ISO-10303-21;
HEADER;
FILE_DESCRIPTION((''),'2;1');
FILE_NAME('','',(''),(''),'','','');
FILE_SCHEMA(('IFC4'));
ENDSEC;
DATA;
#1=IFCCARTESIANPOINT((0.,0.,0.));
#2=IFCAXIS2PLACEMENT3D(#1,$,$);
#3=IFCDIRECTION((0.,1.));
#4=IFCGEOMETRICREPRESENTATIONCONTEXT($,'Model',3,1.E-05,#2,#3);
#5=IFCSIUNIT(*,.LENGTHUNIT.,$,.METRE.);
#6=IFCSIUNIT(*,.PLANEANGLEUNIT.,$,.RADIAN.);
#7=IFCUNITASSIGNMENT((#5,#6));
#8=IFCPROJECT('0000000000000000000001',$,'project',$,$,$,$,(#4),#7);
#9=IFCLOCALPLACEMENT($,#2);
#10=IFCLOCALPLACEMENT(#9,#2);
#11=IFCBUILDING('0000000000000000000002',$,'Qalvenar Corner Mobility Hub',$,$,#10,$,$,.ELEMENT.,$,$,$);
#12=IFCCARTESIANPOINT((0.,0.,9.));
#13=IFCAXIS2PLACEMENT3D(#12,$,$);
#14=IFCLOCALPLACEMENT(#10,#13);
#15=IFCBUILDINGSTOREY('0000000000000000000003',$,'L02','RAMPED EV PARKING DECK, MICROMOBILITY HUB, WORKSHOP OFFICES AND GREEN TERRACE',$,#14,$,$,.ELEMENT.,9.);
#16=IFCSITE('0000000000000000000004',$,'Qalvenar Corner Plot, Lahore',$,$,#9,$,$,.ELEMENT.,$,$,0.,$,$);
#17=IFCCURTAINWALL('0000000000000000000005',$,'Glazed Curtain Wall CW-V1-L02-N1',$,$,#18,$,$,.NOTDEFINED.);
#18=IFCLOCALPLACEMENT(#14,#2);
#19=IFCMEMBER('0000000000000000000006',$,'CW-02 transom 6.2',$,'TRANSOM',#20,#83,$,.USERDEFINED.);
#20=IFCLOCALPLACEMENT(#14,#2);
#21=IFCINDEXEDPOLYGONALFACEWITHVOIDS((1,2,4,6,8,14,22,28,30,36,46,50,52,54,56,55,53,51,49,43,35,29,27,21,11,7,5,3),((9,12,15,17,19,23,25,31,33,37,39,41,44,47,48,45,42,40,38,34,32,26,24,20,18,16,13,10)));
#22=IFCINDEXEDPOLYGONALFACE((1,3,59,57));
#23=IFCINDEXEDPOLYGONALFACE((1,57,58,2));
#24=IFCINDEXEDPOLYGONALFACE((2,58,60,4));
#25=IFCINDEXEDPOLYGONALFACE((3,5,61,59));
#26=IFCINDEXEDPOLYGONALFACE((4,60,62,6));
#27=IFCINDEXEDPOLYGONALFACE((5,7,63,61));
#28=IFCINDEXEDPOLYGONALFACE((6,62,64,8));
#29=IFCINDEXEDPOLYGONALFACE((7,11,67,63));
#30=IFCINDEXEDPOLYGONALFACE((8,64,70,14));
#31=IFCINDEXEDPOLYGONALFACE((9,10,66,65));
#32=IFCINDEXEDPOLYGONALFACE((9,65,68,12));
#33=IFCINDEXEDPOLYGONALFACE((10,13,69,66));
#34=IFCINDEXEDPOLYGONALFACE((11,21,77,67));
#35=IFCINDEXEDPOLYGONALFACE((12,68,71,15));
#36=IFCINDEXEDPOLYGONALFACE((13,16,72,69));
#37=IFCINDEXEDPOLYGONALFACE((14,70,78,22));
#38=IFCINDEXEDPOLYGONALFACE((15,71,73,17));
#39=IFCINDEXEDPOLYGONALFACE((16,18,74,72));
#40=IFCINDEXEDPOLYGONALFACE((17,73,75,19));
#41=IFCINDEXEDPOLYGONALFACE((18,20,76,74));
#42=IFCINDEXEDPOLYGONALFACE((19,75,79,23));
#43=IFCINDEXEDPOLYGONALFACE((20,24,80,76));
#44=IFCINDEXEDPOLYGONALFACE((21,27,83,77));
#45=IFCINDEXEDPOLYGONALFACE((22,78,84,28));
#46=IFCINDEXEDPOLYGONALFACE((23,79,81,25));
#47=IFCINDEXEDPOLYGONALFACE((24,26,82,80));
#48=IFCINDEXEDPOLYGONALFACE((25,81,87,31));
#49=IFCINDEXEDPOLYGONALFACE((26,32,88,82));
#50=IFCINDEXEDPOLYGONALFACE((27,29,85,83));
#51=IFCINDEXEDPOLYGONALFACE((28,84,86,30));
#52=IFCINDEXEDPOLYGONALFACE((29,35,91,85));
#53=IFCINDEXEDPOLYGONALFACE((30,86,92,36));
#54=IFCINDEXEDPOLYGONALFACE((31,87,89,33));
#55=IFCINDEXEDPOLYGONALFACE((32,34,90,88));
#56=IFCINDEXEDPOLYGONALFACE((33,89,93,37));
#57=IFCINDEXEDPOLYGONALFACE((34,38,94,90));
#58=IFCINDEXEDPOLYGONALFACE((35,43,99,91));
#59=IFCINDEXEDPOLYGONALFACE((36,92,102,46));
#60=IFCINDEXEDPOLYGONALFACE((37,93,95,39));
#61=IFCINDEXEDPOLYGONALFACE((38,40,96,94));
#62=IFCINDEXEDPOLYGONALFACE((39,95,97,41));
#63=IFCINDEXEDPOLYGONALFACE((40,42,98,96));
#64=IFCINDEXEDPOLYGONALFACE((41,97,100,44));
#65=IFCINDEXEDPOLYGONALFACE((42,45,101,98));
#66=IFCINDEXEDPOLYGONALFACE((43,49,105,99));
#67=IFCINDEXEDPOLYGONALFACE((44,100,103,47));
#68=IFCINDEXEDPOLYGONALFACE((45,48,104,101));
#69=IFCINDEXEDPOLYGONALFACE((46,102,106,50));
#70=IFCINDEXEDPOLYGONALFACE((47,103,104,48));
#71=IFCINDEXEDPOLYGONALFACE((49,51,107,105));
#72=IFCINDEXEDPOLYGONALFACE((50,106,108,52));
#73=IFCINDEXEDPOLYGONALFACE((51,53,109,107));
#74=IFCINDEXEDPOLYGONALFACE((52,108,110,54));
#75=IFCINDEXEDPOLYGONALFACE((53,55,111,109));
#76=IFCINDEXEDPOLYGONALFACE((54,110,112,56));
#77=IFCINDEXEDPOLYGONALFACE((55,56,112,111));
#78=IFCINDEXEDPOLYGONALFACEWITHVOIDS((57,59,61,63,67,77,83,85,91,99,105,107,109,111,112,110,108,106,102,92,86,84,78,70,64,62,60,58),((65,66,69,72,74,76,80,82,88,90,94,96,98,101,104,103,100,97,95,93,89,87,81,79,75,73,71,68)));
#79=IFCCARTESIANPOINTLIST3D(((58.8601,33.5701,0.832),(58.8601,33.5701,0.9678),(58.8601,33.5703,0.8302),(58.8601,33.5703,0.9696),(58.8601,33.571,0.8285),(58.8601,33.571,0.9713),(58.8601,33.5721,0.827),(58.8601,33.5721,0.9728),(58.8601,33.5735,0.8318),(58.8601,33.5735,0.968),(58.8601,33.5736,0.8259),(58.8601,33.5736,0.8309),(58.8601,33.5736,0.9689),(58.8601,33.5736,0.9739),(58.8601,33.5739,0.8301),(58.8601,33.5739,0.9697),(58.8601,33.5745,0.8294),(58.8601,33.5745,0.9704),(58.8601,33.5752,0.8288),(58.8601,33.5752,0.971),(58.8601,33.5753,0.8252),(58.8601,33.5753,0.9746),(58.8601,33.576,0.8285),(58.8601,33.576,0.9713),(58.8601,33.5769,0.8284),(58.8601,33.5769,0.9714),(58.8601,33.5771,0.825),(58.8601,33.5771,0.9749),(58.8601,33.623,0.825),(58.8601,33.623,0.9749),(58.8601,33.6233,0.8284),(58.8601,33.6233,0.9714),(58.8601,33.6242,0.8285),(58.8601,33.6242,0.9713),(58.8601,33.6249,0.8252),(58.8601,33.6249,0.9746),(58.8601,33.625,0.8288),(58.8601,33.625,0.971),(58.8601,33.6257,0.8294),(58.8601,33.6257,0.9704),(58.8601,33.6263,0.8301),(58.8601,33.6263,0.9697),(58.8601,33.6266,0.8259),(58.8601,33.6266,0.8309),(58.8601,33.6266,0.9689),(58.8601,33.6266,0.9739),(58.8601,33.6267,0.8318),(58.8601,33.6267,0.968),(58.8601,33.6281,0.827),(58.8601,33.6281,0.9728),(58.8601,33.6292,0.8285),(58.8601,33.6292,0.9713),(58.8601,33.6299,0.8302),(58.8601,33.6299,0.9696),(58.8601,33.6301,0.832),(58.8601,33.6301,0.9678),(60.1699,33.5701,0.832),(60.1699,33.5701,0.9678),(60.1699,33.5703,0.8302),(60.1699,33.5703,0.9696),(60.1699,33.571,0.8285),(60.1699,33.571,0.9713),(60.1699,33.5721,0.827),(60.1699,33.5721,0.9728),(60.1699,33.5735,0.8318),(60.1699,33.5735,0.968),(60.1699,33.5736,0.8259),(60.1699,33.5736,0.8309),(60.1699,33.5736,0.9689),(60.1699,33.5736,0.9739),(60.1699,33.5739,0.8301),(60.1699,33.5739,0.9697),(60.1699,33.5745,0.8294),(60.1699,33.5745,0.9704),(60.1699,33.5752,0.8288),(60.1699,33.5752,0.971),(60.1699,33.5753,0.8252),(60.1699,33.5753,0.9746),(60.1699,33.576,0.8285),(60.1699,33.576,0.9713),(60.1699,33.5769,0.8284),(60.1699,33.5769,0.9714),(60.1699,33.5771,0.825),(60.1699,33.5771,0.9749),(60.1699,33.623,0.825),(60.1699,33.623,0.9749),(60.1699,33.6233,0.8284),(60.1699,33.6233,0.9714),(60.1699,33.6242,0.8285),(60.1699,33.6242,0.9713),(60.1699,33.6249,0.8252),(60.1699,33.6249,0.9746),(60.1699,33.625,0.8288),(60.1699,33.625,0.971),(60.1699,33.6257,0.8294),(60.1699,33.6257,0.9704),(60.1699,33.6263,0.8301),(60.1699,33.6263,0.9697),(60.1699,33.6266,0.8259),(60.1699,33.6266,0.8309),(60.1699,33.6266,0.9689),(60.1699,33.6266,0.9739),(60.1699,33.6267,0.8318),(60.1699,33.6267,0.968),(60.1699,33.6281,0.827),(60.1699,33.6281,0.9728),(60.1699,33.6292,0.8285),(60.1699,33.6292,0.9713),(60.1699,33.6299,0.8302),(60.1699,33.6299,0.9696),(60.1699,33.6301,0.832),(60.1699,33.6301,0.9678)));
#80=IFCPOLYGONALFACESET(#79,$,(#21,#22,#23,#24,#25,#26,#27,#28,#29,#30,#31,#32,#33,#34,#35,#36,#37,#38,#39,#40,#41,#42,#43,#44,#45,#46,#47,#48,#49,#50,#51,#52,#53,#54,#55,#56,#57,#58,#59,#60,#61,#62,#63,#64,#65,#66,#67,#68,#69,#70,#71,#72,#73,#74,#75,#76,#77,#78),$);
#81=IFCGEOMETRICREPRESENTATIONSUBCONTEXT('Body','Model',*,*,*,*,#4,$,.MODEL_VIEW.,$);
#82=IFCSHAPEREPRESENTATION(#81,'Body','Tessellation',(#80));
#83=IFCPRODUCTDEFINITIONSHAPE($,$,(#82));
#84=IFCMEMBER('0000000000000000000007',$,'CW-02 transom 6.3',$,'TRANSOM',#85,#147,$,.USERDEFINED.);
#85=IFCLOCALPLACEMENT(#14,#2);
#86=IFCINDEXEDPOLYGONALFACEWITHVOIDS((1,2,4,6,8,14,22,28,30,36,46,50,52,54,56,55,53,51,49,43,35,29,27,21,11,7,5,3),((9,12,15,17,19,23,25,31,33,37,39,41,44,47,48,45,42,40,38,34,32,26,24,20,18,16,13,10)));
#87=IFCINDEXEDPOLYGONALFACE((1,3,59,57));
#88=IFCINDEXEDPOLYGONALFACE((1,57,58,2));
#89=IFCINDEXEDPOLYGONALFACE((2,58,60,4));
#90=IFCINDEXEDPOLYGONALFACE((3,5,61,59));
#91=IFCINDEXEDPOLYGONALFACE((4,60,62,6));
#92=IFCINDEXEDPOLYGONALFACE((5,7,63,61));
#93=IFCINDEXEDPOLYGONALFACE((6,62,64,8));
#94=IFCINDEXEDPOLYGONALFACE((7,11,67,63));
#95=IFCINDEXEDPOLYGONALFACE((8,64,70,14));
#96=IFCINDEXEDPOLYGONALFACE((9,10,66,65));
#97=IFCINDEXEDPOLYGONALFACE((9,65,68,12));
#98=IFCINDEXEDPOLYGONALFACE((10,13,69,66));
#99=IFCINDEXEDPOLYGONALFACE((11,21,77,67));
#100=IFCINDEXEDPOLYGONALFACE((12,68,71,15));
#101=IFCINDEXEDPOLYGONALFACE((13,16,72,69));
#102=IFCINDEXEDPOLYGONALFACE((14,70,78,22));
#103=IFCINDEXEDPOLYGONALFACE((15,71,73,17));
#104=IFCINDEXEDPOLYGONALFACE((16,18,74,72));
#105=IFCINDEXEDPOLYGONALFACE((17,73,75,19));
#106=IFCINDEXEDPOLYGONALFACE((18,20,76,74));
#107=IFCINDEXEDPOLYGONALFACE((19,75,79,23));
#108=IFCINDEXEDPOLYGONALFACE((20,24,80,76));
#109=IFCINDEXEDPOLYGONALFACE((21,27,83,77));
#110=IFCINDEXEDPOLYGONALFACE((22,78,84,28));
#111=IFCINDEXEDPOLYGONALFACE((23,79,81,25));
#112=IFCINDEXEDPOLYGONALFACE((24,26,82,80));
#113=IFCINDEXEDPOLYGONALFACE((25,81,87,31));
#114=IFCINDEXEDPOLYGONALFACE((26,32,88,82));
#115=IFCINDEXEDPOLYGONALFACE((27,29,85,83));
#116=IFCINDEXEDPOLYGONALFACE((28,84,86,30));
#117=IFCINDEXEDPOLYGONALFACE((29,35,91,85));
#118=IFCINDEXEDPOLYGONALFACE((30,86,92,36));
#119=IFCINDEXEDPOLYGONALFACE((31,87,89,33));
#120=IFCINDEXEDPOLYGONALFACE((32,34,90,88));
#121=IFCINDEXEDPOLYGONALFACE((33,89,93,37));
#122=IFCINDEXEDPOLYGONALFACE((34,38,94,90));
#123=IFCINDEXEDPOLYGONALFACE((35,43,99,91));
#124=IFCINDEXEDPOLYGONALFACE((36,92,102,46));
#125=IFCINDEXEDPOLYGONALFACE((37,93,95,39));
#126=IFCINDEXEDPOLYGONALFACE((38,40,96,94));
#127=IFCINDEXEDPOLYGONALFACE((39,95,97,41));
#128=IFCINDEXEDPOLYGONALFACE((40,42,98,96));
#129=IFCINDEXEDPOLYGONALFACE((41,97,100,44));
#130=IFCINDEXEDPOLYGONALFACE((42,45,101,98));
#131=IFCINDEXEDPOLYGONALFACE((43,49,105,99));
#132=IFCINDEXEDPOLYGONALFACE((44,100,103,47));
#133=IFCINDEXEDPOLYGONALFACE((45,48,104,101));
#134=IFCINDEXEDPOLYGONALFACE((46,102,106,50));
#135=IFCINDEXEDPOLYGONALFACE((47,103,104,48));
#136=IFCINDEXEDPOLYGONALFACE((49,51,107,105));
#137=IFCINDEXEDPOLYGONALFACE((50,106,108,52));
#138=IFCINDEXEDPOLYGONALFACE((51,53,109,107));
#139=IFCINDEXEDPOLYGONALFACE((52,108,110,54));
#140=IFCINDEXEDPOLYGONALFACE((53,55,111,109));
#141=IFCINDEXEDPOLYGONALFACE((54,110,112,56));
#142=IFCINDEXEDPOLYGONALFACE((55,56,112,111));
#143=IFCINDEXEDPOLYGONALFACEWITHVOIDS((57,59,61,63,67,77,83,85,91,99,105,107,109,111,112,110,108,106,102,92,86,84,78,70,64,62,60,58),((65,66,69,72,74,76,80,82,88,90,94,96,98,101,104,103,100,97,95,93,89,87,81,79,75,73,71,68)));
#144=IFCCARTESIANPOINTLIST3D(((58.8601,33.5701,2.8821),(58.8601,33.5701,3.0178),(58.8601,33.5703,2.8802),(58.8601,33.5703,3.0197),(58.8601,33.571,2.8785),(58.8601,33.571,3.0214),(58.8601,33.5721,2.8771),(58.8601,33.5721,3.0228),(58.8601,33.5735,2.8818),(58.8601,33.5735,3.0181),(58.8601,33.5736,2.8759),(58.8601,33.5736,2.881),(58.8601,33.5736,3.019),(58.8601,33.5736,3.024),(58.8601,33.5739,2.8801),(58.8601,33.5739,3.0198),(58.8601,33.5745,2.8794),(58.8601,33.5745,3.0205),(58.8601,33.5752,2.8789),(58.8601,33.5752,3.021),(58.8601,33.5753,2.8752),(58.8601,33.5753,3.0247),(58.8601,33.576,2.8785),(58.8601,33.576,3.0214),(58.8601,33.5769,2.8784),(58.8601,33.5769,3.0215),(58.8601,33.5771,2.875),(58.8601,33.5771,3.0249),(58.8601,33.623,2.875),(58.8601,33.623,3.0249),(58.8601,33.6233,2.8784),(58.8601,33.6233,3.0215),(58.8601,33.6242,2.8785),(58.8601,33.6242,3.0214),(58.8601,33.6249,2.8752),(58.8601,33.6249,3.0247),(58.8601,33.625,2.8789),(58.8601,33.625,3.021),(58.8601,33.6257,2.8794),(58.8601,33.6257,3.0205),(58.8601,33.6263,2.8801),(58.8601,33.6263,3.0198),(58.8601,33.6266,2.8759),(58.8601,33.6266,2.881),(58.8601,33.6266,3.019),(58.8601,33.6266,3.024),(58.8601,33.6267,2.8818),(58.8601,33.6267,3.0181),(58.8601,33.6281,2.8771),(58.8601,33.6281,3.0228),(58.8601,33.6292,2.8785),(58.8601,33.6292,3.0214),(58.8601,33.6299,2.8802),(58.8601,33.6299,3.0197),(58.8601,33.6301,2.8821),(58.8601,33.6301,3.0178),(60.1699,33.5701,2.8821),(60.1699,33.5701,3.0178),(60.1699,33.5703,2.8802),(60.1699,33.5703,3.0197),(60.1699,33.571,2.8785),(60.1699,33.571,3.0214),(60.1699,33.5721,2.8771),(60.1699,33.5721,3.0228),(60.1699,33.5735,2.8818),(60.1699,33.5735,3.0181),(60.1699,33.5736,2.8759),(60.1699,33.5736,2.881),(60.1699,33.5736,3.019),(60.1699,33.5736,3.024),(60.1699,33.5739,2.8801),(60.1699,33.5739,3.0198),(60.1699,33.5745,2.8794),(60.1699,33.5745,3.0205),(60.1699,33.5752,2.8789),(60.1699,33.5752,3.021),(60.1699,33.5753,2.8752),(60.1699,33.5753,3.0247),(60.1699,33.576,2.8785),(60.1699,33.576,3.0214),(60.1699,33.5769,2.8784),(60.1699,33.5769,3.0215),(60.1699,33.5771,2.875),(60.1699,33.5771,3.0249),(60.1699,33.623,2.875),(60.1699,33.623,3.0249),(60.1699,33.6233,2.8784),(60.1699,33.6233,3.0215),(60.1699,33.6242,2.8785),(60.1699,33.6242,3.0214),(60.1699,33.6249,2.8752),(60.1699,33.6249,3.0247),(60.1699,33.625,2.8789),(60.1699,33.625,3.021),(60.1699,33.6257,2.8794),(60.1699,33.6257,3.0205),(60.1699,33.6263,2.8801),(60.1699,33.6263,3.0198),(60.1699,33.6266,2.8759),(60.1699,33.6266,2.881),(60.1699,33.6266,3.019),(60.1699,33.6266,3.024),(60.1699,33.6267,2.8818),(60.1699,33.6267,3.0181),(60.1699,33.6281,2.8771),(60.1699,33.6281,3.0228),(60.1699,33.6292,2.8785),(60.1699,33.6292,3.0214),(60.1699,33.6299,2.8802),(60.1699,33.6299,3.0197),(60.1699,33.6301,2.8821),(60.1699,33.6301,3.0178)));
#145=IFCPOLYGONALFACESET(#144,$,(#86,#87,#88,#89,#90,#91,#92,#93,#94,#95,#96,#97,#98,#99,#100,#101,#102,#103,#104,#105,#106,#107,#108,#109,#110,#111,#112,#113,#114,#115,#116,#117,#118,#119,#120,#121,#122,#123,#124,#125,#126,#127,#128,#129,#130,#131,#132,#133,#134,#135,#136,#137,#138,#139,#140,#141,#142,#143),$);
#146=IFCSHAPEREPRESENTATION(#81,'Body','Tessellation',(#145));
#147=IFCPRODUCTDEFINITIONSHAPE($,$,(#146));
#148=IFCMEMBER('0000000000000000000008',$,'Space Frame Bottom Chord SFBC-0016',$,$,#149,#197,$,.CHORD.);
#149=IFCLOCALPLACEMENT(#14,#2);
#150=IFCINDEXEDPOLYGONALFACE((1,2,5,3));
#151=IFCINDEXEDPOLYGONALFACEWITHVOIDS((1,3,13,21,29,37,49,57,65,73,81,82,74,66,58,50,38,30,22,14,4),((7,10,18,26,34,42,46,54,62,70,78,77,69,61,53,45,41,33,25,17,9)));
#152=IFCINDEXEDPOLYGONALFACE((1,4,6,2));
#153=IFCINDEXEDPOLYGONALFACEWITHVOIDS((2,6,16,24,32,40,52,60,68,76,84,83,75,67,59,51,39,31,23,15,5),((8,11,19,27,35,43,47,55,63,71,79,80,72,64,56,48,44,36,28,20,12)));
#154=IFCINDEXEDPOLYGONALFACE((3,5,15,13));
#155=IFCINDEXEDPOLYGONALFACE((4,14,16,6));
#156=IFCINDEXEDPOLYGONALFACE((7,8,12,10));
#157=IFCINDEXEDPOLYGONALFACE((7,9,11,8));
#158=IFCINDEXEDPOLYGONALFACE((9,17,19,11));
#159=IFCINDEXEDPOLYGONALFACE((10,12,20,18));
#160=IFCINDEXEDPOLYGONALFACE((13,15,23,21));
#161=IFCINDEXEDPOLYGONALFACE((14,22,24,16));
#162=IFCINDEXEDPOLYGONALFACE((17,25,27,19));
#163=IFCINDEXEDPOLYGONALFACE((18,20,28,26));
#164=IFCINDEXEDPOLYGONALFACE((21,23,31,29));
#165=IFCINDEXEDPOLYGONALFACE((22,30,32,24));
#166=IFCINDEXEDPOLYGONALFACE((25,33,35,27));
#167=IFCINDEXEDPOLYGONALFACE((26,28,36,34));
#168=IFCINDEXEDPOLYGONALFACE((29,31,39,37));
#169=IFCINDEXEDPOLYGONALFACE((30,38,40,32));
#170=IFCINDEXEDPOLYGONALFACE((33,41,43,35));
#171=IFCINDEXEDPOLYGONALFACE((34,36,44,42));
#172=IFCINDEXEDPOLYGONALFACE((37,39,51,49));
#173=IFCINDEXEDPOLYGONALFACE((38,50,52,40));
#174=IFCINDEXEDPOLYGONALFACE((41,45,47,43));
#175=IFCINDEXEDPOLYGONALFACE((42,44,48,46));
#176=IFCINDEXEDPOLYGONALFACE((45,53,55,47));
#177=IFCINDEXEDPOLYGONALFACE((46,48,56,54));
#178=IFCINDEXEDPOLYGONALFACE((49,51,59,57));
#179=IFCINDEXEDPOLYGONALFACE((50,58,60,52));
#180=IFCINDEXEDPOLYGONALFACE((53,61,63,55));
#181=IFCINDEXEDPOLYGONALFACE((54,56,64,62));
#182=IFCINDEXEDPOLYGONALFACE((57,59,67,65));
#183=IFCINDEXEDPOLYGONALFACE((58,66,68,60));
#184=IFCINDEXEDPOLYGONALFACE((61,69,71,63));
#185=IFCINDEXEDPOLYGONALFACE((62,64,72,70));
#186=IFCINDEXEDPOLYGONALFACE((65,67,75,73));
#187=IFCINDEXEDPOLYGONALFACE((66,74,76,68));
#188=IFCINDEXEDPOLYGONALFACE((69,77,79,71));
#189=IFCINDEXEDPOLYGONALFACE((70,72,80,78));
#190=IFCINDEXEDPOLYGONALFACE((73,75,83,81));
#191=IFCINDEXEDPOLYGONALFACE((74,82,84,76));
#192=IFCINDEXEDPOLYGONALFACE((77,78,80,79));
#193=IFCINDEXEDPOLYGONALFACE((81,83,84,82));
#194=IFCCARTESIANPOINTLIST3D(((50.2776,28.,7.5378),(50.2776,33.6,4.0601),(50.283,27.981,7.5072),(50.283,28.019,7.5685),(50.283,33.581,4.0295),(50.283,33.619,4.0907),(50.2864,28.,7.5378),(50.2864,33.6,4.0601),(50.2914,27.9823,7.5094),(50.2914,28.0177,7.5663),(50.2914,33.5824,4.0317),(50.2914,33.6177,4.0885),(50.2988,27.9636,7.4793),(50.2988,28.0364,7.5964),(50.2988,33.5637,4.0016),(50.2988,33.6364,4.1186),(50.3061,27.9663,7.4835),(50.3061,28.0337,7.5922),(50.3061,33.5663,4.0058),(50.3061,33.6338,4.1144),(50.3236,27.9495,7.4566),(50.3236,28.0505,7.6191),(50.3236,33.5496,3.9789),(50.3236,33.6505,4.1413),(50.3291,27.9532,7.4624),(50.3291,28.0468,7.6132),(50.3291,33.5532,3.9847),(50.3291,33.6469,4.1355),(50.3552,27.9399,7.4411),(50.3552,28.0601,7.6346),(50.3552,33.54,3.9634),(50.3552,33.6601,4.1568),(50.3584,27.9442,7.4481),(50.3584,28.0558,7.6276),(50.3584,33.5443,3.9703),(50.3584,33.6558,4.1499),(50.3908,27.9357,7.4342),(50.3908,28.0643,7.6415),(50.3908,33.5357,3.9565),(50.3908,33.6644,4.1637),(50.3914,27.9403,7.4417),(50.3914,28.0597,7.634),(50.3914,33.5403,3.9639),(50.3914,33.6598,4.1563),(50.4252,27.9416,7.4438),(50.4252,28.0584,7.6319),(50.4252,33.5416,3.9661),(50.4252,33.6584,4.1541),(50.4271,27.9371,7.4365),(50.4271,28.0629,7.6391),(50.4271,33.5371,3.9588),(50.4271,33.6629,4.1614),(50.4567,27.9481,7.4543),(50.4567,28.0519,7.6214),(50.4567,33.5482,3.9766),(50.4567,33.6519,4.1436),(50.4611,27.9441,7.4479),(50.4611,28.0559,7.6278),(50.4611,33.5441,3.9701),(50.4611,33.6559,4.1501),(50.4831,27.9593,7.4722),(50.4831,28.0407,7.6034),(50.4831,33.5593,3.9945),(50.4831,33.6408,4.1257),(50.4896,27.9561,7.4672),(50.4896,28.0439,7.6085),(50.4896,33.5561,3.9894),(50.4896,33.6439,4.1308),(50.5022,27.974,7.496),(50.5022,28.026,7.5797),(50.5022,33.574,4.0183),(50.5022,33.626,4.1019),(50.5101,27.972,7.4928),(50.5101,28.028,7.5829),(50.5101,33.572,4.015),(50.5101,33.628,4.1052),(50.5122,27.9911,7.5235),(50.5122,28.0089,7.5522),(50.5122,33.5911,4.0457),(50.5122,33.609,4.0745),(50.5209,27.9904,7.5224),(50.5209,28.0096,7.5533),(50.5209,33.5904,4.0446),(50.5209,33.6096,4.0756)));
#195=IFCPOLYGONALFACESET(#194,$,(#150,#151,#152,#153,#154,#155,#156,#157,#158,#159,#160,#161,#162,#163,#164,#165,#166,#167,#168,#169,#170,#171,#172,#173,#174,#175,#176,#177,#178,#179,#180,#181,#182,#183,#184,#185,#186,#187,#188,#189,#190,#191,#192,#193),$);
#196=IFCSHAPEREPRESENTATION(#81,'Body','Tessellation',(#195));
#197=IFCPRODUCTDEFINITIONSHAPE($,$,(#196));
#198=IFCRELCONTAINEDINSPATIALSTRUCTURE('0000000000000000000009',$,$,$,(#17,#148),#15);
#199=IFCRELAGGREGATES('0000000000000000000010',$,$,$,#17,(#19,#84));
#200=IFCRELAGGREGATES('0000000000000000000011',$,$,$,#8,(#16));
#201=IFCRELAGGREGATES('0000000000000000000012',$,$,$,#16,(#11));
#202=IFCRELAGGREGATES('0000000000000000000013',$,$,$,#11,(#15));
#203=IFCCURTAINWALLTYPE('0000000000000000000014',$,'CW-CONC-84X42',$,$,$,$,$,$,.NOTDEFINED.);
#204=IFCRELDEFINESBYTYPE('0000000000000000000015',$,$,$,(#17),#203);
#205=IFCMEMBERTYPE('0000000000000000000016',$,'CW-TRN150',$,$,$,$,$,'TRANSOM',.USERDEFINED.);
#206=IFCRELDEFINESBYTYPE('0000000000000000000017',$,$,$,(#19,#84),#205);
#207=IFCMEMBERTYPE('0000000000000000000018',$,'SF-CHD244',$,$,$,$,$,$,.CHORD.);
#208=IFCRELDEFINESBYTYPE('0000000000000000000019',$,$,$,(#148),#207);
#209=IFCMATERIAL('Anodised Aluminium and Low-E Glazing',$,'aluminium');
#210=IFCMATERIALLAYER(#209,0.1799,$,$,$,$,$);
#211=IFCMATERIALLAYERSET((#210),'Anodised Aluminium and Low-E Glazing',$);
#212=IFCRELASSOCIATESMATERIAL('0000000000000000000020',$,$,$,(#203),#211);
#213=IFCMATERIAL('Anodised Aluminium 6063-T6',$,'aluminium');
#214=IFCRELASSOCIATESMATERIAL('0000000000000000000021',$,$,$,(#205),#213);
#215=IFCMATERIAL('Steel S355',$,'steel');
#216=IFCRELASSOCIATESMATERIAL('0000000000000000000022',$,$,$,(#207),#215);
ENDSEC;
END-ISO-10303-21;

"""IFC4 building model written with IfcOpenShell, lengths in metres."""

from ifc_helpers import new_model, si_unit, direction, frame, origin, origin_2d, place, context, subcontext, project, spatial, hollow_rectangle, hollow_circle, extrude, material, layer, layer_set, material_profile, profile_set, type_object, element, aggregate, save


model = new_model("IFC4")

# Units and contexts
model_context = context("Model", 3, precision=1e-05, world=origin(), true_north=direction((0.0, 1.0)))
body_context = subcontext(model_context, "Body", "Model", "MODEL_VIEW")
ifc_project = project(units=[si_unit("LENGTHUNIT", "METRE"), si_unit("PLANEANGLEUNIT", "RADIAN")], contexts=[model_context])

# Site, building, storey
site_placement = place(None, origin())
site = spatial("IfcSite", under=ifc_project, at=site_placement, Name="Qalvenar Corner Plot, Lahore", CompositionType="ELEMENT", RefElevation=0.0)
building_placement = place(site_placement, origin())
building = spatial("IfcBuilding", under=site, at=building_placement, Name="Qalvenar Corner Mobility Hub", CompositionType="ELEMENT")
storey_placement = place(building_placement, frame((0.0, 0.0, 9.0)))
storey = spatial("IfcBuildingStorey", under=building, at=storey_placement, Name="L02", Description="RAMPED EV PARKING DECK, MICROMOBILITY HUB, WORKSHOP OFFICES AND GREEN TERRACE", CompositionType="ELEMENT", Elevation=9.0)

# Curtain wall, members
ifc_material_1 = material(Name="Anodised Aluminium and Low-E Glazing", Category="aluminium")
ifc_layer_1 = layer(ifc_material_1, 0.1799)
ifc_layer_set_1 = layer_set([ifc_layer_1], Name="Anodised Aluminium and Low-E Glazing")
curtain_wall_type = type_object("IfcCurtainWallType", Name="CW-CONC-84X42", PredefinedType="NOTDEFINED", material=ifc_layer_set_1)
curtain_wall_placement = place(storey_placement, origin())
curtain_wall = element("IfcCurtainWall", 1, at=curtain_wall_placement, inside=storey, type_object=curtain_wall_type, Name="Glazed Curtain Wall CW-V1-L02-N1", PredefinedType="NOTDEFINED")
ifc_material_2 = material(Name="Anodised Aluminium 6063-T6", Category="aluminium")
ifc_material_profile_1 = material_profile(ifc_material_2, hollow_rectangle(XDim=0.0601, YDim=0.1499, WallThickness=0.0034, InnerFilletRadius=0.0034, OuterFilletRadius=0.0071, at=origin_2d()), Name="RHS150x60x3.5")
ifc_profile_set_1 = profile_set([ifc_material_profile_1], Name="Anodised Aluminium 6063-T6")
member_type_1 = type_object("IfcMemberType", Name="CW-TRN150", ElementType="TRANSOM", PredefinedType="USERDEFINED", material=ifc_profile_set_1)
member_1_placement = place(storey_placement, frame((60.1699, 33.6001, 0.8999), z_axis=(-1.0, 0.0, 0.0), x_axis=(0.0, -1.0, 0.0)))
member_1 = element("IfcMember", 2, at=member_1_placement, type_object=member_type_1, Name="CW-02 transom 6.2", ObjectType="TRANSOM", PredefinedType="USERDEFINED", context=body_context, shape_type="SweptSolid", body=[
    extrude(hollow_rectangle(XDim=0.0601, YDim=0.1499, WallThickness=0.0034, InnerFilletRadius=0.0034, OuterFilletRadius=0.0071, at=origin_2d()), origin(), (0.0, 0.0, 1.0), 1.3098),
])
member_2_placement = place(storey_placement, frame((60.1699, 33.6001, 2.95), z_axis=(-1.0, 0.0, 0.0), x_axis=(0.0, -1.0, 0.0)))
member_2 = element("IfcMember", 3, at=member_2_placement, type_object=member_type_1, Name="CW-02 transom 6.3", ObjectType="TRANSOM", PredefinedType="USERDEFINED", context=body_context, shape_type="SweptSolid", body=[
    extrude(hollow_rectangle(XDim=0.0601, YDim=0.1499, WallThickness=0.0034, InnerFilletRadius=0.0034, OuterFilletRadius=0.0071, at=origin_2d()), origin(), (0.0, 0.0, 1.0), 1.3098),
])

# Member
ifc_material_3 = material(Name="Steel S355", Category="steel")
ifc_material_profile_2 = material_profile(ifc_material_3, hollow_circle(Radius=0.1223, WallThickness=0.0088, at=origin_2d()), Name="CHS244.5x8.8")
ifc_profile_set_2 = profile_set([ifc_material_profile_2], Name="Steel S355")
member_type_2 = type_object("IfcMemberType", Name="SF-CHD244", PredefinedType="CHORD", material=ifc_profile_set_2)
for number, where, z_axis, x_axis, name in (
    (4, (50.3999, 28.0, 7.5378), (0.0, 0.849514, -0.527567), (-1.0, 0.0, 0.0), "Space Frame Bottom Chord SFBC-0016"),
):
    element("IfcMember", number, at=place(storey_placement, frame(where, z_axis=z_axis, x_axis=x_axis)), inside=storey, type_object=member_type_2, Name=name, PredefinedType="CHORD", context=body_context, shape_type="SweptSolid", body=[
        extrude(hollow_circle(Radius=0.1223, WallThickness=0.0088, at=origin_2d()), origin(), (0.0, 0.0, 1.0), 6.592),
    ])

aggregate(curtain_wall, [member_1, member_2])

save(model, "model.ifc")
